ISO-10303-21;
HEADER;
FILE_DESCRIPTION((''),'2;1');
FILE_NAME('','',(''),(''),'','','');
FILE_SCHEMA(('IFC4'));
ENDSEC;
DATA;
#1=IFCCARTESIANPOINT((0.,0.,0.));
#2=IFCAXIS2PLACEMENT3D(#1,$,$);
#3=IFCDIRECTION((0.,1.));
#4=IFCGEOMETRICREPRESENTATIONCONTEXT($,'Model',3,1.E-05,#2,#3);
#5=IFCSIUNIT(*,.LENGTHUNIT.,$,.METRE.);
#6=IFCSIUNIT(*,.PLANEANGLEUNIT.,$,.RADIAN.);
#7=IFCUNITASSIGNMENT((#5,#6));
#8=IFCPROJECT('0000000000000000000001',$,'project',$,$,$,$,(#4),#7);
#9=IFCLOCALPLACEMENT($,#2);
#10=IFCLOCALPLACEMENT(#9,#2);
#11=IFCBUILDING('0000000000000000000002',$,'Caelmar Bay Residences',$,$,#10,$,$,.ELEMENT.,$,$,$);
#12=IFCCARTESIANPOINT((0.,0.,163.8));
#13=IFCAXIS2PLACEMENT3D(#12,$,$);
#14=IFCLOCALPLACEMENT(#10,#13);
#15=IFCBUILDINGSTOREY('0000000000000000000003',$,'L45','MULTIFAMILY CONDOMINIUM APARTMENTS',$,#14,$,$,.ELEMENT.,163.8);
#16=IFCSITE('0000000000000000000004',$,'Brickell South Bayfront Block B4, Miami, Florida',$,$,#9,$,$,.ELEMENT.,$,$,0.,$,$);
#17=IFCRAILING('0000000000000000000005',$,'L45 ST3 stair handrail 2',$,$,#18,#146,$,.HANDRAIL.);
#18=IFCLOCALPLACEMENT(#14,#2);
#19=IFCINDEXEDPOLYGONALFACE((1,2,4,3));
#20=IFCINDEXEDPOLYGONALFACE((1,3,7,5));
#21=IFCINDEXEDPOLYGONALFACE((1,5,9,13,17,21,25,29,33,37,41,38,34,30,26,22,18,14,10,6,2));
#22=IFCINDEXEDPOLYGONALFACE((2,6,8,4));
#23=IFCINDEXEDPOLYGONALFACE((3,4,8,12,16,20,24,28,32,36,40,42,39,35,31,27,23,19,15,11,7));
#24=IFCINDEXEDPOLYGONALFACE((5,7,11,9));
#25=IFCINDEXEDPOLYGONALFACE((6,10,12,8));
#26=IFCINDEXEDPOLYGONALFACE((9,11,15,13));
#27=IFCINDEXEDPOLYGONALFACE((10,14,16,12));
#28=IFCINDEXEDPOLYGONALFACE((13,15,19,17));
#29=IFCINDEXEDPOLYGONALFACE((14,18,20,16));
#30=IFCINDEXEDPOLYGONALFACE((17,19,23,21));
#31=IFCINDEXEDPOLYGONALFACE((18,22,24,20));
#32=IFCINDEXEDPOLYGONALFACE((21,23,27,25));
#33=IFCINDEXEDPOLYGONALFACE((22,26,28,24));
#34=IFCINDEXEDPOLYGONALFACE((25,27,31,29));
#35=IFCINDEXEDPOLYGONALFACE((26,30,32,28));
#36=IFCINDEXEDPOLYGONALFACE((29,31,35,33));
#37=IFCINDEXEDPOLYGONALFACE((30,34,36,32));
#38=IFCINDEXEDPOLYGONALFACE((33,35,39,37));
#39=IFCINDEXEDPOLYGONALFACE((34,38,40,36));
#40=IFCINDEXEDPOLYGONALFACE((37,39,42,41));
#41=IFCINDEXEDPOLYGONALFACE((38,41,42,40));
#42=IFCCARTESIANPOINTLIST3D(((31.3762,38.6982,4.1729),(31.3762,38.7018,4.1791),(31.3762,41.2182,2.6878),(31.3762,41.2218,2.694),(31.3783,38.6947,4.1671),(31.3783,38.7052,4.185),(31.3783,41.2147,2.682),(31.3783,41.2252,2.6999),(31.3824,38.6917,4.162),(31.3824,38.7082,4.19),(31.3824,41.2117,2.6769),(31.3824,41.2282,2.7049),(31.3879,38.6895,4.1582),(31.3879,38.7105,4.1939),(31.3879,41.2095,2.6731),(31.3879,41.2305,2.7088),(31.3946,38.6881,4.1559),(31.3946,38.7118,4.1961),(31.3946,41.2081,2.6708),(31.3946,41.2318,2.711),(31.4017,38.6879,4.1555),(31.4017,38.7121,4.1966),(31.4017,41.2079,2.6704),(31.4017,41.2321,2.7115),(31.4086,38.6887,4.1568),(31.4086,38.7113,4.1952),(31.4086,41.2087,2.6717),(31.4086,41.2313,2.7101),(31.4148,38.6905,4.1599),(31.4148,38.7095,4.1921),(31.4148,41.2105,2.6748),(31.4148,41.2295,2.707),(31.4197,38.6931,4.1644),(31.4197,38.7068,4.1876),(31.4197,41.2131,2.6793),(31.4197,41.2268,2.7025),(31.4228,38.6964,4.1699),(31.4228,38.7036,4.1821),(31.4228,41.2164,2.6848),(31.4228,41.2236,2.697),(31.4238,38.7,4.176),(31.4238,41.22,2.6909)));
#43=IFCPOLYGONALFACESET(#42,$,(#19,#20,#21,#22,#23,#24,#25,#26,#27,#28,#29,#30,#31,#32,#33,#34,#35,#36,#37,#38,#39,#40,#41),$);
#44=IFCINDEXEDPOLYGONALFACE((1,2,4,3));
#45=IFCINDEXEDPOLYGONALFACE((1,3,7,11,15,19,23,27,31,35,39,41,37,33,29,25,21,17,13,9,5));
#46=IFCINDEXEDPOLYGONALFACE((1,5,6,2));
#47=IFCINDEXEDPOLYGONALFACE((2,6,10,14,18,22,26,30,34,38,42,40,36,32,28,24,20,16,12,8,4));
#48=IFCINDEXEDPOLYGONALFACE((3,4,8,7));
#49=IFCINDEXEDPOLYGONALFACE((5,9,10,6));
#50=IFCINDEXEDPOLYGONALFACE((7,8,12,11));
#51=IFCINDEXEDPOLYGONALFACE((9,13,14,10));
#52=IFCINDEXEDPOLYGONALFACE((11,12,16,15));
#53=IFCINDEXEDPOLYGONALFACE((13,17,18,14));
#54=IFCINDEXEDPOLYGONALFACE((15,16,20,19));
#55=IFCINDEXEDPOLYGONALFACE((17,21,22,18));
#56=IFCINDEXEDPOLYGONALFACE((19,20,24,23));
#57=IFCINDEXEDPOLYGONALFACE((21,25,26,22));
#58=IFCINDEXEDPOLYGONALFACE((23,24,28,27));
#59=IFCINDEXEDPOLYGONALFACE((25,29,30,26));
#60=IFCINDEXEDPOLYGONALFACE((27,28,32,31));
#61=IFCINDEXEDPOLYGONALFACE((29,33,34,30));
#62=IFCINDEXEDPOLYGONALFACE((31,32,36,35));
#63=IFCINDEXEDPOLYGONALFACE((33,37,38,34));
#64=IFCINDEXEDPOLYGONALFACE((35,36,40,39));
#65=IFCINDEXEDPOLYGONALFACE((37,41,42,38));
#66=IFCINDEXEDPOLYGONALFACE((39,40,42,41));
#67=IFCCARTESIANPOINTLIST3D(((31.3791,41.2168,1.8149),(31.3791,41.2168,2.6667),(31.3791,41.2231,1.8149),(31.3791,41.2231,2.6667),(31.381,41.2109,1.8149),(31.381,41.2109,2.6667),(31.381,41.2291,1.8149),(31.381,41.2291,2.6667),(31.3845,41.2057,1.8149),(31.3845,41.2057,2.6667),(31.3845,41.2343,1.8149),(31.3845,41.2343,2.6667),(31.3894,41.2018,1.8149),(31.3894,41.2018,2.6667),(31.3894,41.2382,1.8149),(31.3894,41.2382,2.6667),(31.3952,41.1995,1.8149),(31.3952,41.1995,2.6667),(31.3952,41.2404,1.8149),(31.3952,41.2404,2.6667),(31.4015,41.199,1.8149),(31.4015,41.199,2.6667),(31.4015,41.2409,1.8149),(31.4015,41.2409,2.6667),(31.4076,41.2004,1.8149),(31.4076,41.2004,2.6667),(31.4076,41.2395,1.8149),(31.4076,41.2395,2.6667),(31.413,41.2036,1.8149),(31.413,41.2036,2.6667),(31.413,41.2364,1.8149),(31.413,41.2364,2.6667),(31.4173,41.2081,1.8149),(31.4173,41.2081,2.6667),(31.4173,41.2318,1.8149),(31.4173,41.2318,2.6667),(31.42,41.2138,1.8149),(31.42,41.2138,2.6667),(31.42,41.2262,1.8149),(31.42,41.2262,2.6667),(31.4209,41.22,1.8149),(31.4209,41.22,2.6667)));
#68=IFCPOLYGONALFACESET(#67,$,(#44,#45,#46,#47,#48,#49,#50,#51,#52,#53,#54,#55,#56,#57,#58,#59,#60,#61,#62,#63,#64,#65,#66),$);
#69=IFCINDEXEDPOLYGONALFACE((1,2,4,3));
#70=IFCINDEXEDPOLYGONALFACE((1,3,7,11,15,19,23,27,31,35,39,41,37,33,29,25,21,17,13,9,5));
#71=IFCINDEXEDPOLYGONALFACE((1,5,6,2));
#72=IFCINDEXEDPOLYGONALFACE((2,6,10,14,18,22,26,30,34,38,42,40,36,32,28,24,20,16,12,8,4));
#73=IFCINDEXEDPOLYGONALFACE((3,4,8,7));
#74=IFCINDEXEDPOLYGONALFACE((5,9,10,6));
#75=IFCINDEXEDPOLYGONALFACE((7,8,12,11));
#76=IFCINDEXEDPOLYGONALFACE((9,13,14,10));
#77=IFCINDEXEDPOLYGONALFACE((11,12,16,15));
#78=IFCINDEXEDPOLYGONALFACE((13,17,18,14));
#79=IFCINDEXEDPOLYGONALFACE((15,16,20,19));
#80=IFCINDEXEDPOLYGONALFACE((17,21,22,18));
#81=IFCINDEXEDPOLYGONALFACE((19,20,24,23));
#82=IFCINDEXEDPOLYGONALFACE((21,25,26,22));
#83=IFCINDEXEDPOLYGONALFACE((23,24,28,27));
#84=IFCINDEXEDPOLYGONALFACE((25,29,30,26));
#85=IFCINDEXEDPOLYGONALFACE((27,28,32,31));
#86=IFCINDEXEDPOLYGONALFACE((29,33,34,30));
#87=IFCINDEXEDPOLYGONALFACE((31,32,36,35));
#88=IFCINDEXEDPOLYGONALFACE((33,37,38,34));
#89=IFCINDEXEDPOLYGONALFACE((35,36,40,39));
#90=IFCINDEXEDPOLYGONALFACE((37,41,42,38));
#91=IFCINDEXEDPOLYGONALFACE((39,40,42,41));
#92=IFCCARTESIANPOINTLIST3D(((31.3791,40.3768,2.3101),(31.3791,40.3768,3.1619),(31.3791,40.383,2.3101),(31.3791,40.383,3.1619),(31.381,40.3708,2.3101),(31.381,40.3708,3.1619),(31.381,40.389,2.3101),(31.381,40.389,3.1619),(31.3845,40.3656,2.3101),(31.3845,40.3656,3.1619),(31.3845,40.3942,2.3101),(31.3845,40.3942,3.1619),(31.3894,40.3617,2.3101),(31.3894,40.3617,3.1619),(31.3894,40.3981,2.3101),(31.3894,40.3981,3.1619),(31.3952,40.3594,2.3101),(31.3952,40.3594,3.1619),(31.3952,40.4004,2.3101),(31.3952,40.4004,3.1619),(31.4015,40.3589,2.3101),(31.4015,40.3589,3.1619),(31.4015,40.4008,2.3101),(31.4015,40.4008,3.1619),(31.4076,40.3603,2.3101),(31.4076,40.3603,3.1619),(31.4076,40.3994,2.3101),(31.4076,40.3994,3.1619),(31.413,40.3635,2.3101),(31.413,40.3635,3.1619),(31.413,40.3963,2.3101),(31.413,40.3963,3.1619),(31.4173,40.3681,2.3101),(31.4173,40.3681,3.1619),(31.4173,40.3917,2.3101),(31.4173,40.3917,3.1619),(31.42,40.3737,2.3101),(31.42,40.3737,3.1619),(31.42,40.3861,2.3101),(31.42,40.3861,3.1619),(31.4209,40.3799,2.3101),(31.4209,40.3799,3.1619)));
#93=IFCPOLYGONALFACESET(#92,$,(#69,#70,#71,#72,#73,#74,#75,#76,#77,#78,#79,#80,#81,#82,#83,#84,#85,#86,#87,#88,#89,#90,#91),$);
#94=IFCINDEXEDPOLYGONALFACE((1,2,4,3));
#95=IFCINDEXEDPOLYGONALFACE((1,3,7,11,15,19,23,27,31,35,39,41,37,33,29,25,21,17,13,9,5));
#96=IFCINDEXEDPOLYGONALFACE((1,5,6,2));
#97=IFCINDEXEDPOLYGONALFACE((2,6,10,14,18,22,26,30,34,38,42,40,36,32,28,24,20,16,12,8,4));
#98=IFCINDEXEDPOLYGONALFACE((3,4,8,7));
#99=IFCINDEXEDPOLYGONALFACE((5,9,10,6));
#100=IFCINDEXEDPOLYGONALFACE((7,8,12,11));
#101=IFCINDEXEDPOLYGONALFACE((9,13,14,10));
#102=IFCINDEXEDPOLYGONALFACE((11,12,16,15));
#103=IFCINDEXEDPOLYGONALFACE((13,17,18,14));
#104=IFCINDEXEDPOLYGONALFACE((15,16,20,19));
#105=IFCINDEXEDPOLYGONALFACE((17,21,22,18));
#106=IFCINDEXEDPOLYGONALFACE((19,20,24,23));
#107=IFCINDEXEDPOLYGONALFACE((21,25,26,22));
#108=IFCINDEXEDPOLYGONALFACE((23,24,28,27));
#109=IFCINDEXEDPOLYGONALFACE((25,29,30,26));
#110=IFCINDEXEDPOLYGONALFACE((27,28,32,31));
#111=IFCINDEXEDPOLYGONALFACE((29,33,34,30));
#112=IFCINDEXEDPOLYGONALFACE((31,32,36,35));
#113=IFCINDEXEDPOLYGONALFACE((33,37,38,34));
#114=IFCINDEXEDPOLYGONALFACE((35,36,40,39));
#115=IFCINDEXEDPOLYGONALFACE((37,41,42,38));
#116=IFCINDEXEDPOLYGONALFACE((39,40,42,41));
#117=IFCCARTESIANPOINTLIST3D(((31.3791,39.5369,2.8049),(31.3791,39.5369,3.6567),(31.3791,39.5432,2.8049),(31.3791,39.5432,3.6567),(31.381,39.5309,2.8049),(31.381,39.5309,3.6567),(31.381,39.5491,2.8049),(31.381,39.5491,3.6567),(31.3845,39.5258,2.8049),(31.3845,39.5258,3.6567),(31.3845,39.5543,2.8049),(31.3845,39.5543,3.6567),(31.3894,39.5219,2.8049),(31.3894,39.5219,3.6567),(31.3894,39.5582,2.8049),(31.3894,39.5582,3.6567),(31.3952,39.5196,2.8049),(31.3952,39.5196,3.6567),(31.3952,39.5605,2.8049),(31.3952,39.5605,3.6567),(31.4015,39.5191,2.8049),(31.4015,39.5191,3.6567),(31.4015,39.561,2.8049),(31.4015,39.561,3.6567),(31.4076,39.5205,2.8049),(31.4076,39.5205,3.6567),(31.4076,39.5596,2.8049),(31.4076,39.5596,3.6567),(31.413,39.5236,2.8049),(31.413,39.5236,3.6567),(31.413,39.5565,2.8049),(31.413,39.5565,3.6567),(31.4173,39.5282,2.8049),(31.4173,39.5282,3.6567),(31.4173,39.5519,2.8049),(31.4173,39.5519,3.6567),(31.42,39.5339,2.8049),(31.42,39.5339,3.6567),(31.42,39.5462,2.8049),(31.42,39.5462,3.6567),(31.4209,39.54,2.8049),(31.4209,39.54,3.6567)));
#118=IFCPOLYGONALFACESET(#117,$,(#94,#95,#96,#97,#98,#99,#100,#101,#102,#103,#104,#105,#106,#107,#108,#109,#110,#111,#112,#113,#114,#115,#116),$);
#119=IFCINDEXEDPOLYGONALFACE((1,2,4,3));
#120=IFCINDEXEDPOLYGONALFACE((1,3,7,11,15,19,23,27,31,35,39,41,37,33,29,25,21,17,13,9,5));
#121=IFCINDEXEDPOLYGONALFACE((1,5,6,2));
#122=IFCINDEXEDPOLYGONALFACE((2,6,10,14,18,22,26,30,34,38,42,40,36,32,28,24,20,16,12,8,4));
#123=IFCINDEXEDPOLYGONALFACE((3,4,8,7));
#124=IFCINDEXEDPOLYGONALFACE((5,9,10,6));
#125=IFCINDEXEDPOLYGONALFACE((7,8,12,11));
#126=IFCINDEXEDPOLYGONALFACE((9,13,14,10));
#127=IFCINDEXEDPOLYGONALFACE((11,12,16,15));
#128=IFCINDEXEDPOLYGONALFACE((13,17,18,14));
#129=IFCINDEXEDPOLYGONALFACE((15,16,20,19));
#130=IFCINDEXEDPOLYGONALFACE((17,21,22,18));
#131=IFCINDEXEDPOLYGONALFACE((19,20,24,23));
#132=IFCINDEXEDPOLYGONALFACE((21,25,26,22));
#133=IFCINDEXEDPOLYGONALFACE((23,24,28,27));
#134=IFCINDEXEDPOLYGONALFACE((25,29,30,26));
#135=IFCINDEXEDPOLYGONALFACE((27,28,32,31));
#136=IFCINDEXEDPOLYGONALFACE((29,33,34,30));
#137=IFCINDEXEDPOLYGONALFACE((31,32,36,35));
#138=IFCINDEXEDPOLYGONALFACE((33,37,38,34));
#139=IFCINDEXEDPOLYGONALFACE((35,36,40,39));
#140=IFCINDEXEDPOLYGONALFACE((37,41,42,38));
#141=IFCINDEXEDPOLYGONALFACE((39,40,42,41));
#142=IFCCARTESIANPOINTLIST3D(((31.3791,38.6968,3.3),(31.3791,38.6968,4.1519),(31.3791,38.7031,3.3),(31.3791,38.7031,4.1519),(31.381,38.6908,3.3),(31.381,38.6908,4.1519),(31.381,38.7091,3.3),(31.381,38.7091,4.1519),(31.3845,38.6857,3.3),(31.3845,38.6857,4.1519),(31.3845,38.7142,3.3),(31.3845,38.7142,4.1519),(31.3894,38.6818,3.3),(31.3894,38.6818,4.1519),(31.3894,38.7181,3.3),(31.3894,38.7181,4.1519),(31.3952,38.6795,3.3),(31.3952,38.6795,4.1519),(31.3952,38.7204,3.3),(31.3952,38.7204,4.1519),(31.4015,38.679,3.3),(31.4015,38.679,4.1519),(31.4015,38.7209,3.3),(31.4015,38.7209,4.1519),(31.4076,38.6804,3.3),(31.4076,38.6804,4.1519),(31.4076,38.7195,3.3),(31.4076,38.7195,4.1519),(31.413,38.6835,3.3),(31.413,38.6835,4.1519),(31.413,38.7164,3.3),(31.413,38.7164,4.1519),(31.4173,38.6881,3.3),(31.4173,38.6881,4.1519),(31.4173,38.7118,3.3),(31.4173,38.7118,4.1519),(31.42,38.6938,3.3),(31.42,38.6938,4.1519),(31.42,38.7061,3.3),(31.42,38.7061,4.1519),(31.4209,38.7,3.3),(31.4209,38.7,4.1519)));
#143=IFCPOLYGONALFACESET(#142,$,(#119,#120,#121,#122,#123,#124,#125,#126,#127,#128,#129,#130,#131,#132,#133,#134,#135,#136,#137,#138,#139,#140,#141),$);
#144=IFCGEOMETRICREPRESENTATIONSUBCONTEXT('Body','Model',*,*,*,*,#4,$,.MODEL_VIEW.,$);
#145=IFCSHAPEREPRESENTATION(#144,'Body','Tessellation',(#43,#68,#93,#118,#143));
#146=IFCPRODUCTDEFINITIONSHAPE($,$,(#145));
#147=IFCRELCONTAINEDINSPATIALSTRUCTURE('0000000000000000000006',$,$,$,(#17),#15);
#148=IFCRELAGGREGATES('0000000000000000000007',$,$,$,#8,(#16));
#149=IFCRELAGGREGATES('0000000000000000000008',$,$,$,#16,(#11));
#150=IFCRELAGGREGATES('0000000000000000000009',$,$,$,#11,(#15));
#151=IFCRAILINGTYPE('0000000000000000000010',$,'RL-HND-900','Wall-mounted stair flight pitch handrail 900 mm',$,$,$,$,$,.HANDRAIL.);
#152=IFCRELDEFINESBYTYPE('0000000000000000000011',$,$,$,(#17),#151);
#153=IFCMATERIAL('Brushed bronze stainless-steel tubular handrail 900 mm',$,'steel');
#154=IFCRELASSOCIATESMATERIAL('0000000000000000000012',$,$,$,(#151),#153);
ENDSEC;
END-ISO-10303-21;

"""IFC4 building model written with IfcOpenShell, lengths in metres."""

from ifc_helpers import new_model, si_unit, direction, frame, origin, origin_2d, place, context, subcontext, project, spatial, circle, extrude, material, type_object, element, save


model = new_model("IFC4")

# Units and contexts
model_context = context("Model", 3, precision=1e-05, world=origin(), true_north=direction((0.0, 1.0)))
body_context = subcontext(model_context, "Body", "Model", "MODEL_VIEW")
ifc_project = project(units=[si_unit("LENGTHUNIT", "METRE"), si_unit("PLANEANGLEUNIT", "RADIAN")], contexts=[model_context])

# Site, building, storey
site_placement = place(None, origin())
site = spatial("IfcSite", under=ifc_project, at=site_placement, Name="Brickell South Bayfront Block B4, Miami, Florida", CompositionType="ELEMENT", RefElevation=0.0)
building_placement = place(site_placement, origin())
building = spatial("IfcBuilding", under=site, at=building_placement, Name="Caelmar Bay Residences", CompositionType="ELEMENT")
storey_placement = place(building_placement, frame((0.0, 0.0, 163.8)))
storey = spatial("IfcBuildingStorey", under=building, at=storey_placement, Name="L45", Description="MULTIFAMILY CONDOMINIUM APARTMENTS", CompositionType="ELEMENT", Elevation=163.8)

# Railing
ifc_material_1 = material(Name="Brushed bronze stainless-steel tubular handrail 900 mm", Category="steel")
railing_type_1 = type_object("IfcRailingType", Name="RL-HND-900", Description="Wall-mounted stair flight pitch handrail 900 mm", PredefinedType="HANDRAIL", material=ifc_material_1)
railing_1_placement = place(storey_placement, frame((31.3999, 41.22, 1.8149)))
element("IfcRailing", 1, at=railing_1_placement, inside=storey, type_object=railing_type_1, Name="L45 ST3 stair handrail 2", PredefinedType="HANDRAIL", context=body_context, shape_type="SweptSolid", body=[
    extrude(circle(Radius=0.0239, at=origin_2d()), frame((0.0, 0.0, 0.876), z_axis=(0.0, -0.861524, 0.507717), x_axis=(1.0, 0.0, 0.0)), (0.0, 0.0, 1.0), 2.925),
    extrude(circle(Radius=0.021, at=origin_2d()), origin(), (0.0, 0.0, 1.0), 0.8518),
    extrude(circle(Radius=0.021, at=origin_2d()), frame((0.0, -0.8401, 0.4951)), (0.0, 0.0, 1.0), 0.8518),
    extrude(circle(Radius=0.021, at=origin_2d()), frame((0.0, -1.6799, 0.99)), (0.0, 0.0, 1.0), 0.8518),
    extrude(circle(Radius=0.021, at=origin_2d()), frame((0.0, -2.52, 1.4851)), (0.0, 0.0, 1.0), 0.8518),
])

save(model, "model.ifc")
